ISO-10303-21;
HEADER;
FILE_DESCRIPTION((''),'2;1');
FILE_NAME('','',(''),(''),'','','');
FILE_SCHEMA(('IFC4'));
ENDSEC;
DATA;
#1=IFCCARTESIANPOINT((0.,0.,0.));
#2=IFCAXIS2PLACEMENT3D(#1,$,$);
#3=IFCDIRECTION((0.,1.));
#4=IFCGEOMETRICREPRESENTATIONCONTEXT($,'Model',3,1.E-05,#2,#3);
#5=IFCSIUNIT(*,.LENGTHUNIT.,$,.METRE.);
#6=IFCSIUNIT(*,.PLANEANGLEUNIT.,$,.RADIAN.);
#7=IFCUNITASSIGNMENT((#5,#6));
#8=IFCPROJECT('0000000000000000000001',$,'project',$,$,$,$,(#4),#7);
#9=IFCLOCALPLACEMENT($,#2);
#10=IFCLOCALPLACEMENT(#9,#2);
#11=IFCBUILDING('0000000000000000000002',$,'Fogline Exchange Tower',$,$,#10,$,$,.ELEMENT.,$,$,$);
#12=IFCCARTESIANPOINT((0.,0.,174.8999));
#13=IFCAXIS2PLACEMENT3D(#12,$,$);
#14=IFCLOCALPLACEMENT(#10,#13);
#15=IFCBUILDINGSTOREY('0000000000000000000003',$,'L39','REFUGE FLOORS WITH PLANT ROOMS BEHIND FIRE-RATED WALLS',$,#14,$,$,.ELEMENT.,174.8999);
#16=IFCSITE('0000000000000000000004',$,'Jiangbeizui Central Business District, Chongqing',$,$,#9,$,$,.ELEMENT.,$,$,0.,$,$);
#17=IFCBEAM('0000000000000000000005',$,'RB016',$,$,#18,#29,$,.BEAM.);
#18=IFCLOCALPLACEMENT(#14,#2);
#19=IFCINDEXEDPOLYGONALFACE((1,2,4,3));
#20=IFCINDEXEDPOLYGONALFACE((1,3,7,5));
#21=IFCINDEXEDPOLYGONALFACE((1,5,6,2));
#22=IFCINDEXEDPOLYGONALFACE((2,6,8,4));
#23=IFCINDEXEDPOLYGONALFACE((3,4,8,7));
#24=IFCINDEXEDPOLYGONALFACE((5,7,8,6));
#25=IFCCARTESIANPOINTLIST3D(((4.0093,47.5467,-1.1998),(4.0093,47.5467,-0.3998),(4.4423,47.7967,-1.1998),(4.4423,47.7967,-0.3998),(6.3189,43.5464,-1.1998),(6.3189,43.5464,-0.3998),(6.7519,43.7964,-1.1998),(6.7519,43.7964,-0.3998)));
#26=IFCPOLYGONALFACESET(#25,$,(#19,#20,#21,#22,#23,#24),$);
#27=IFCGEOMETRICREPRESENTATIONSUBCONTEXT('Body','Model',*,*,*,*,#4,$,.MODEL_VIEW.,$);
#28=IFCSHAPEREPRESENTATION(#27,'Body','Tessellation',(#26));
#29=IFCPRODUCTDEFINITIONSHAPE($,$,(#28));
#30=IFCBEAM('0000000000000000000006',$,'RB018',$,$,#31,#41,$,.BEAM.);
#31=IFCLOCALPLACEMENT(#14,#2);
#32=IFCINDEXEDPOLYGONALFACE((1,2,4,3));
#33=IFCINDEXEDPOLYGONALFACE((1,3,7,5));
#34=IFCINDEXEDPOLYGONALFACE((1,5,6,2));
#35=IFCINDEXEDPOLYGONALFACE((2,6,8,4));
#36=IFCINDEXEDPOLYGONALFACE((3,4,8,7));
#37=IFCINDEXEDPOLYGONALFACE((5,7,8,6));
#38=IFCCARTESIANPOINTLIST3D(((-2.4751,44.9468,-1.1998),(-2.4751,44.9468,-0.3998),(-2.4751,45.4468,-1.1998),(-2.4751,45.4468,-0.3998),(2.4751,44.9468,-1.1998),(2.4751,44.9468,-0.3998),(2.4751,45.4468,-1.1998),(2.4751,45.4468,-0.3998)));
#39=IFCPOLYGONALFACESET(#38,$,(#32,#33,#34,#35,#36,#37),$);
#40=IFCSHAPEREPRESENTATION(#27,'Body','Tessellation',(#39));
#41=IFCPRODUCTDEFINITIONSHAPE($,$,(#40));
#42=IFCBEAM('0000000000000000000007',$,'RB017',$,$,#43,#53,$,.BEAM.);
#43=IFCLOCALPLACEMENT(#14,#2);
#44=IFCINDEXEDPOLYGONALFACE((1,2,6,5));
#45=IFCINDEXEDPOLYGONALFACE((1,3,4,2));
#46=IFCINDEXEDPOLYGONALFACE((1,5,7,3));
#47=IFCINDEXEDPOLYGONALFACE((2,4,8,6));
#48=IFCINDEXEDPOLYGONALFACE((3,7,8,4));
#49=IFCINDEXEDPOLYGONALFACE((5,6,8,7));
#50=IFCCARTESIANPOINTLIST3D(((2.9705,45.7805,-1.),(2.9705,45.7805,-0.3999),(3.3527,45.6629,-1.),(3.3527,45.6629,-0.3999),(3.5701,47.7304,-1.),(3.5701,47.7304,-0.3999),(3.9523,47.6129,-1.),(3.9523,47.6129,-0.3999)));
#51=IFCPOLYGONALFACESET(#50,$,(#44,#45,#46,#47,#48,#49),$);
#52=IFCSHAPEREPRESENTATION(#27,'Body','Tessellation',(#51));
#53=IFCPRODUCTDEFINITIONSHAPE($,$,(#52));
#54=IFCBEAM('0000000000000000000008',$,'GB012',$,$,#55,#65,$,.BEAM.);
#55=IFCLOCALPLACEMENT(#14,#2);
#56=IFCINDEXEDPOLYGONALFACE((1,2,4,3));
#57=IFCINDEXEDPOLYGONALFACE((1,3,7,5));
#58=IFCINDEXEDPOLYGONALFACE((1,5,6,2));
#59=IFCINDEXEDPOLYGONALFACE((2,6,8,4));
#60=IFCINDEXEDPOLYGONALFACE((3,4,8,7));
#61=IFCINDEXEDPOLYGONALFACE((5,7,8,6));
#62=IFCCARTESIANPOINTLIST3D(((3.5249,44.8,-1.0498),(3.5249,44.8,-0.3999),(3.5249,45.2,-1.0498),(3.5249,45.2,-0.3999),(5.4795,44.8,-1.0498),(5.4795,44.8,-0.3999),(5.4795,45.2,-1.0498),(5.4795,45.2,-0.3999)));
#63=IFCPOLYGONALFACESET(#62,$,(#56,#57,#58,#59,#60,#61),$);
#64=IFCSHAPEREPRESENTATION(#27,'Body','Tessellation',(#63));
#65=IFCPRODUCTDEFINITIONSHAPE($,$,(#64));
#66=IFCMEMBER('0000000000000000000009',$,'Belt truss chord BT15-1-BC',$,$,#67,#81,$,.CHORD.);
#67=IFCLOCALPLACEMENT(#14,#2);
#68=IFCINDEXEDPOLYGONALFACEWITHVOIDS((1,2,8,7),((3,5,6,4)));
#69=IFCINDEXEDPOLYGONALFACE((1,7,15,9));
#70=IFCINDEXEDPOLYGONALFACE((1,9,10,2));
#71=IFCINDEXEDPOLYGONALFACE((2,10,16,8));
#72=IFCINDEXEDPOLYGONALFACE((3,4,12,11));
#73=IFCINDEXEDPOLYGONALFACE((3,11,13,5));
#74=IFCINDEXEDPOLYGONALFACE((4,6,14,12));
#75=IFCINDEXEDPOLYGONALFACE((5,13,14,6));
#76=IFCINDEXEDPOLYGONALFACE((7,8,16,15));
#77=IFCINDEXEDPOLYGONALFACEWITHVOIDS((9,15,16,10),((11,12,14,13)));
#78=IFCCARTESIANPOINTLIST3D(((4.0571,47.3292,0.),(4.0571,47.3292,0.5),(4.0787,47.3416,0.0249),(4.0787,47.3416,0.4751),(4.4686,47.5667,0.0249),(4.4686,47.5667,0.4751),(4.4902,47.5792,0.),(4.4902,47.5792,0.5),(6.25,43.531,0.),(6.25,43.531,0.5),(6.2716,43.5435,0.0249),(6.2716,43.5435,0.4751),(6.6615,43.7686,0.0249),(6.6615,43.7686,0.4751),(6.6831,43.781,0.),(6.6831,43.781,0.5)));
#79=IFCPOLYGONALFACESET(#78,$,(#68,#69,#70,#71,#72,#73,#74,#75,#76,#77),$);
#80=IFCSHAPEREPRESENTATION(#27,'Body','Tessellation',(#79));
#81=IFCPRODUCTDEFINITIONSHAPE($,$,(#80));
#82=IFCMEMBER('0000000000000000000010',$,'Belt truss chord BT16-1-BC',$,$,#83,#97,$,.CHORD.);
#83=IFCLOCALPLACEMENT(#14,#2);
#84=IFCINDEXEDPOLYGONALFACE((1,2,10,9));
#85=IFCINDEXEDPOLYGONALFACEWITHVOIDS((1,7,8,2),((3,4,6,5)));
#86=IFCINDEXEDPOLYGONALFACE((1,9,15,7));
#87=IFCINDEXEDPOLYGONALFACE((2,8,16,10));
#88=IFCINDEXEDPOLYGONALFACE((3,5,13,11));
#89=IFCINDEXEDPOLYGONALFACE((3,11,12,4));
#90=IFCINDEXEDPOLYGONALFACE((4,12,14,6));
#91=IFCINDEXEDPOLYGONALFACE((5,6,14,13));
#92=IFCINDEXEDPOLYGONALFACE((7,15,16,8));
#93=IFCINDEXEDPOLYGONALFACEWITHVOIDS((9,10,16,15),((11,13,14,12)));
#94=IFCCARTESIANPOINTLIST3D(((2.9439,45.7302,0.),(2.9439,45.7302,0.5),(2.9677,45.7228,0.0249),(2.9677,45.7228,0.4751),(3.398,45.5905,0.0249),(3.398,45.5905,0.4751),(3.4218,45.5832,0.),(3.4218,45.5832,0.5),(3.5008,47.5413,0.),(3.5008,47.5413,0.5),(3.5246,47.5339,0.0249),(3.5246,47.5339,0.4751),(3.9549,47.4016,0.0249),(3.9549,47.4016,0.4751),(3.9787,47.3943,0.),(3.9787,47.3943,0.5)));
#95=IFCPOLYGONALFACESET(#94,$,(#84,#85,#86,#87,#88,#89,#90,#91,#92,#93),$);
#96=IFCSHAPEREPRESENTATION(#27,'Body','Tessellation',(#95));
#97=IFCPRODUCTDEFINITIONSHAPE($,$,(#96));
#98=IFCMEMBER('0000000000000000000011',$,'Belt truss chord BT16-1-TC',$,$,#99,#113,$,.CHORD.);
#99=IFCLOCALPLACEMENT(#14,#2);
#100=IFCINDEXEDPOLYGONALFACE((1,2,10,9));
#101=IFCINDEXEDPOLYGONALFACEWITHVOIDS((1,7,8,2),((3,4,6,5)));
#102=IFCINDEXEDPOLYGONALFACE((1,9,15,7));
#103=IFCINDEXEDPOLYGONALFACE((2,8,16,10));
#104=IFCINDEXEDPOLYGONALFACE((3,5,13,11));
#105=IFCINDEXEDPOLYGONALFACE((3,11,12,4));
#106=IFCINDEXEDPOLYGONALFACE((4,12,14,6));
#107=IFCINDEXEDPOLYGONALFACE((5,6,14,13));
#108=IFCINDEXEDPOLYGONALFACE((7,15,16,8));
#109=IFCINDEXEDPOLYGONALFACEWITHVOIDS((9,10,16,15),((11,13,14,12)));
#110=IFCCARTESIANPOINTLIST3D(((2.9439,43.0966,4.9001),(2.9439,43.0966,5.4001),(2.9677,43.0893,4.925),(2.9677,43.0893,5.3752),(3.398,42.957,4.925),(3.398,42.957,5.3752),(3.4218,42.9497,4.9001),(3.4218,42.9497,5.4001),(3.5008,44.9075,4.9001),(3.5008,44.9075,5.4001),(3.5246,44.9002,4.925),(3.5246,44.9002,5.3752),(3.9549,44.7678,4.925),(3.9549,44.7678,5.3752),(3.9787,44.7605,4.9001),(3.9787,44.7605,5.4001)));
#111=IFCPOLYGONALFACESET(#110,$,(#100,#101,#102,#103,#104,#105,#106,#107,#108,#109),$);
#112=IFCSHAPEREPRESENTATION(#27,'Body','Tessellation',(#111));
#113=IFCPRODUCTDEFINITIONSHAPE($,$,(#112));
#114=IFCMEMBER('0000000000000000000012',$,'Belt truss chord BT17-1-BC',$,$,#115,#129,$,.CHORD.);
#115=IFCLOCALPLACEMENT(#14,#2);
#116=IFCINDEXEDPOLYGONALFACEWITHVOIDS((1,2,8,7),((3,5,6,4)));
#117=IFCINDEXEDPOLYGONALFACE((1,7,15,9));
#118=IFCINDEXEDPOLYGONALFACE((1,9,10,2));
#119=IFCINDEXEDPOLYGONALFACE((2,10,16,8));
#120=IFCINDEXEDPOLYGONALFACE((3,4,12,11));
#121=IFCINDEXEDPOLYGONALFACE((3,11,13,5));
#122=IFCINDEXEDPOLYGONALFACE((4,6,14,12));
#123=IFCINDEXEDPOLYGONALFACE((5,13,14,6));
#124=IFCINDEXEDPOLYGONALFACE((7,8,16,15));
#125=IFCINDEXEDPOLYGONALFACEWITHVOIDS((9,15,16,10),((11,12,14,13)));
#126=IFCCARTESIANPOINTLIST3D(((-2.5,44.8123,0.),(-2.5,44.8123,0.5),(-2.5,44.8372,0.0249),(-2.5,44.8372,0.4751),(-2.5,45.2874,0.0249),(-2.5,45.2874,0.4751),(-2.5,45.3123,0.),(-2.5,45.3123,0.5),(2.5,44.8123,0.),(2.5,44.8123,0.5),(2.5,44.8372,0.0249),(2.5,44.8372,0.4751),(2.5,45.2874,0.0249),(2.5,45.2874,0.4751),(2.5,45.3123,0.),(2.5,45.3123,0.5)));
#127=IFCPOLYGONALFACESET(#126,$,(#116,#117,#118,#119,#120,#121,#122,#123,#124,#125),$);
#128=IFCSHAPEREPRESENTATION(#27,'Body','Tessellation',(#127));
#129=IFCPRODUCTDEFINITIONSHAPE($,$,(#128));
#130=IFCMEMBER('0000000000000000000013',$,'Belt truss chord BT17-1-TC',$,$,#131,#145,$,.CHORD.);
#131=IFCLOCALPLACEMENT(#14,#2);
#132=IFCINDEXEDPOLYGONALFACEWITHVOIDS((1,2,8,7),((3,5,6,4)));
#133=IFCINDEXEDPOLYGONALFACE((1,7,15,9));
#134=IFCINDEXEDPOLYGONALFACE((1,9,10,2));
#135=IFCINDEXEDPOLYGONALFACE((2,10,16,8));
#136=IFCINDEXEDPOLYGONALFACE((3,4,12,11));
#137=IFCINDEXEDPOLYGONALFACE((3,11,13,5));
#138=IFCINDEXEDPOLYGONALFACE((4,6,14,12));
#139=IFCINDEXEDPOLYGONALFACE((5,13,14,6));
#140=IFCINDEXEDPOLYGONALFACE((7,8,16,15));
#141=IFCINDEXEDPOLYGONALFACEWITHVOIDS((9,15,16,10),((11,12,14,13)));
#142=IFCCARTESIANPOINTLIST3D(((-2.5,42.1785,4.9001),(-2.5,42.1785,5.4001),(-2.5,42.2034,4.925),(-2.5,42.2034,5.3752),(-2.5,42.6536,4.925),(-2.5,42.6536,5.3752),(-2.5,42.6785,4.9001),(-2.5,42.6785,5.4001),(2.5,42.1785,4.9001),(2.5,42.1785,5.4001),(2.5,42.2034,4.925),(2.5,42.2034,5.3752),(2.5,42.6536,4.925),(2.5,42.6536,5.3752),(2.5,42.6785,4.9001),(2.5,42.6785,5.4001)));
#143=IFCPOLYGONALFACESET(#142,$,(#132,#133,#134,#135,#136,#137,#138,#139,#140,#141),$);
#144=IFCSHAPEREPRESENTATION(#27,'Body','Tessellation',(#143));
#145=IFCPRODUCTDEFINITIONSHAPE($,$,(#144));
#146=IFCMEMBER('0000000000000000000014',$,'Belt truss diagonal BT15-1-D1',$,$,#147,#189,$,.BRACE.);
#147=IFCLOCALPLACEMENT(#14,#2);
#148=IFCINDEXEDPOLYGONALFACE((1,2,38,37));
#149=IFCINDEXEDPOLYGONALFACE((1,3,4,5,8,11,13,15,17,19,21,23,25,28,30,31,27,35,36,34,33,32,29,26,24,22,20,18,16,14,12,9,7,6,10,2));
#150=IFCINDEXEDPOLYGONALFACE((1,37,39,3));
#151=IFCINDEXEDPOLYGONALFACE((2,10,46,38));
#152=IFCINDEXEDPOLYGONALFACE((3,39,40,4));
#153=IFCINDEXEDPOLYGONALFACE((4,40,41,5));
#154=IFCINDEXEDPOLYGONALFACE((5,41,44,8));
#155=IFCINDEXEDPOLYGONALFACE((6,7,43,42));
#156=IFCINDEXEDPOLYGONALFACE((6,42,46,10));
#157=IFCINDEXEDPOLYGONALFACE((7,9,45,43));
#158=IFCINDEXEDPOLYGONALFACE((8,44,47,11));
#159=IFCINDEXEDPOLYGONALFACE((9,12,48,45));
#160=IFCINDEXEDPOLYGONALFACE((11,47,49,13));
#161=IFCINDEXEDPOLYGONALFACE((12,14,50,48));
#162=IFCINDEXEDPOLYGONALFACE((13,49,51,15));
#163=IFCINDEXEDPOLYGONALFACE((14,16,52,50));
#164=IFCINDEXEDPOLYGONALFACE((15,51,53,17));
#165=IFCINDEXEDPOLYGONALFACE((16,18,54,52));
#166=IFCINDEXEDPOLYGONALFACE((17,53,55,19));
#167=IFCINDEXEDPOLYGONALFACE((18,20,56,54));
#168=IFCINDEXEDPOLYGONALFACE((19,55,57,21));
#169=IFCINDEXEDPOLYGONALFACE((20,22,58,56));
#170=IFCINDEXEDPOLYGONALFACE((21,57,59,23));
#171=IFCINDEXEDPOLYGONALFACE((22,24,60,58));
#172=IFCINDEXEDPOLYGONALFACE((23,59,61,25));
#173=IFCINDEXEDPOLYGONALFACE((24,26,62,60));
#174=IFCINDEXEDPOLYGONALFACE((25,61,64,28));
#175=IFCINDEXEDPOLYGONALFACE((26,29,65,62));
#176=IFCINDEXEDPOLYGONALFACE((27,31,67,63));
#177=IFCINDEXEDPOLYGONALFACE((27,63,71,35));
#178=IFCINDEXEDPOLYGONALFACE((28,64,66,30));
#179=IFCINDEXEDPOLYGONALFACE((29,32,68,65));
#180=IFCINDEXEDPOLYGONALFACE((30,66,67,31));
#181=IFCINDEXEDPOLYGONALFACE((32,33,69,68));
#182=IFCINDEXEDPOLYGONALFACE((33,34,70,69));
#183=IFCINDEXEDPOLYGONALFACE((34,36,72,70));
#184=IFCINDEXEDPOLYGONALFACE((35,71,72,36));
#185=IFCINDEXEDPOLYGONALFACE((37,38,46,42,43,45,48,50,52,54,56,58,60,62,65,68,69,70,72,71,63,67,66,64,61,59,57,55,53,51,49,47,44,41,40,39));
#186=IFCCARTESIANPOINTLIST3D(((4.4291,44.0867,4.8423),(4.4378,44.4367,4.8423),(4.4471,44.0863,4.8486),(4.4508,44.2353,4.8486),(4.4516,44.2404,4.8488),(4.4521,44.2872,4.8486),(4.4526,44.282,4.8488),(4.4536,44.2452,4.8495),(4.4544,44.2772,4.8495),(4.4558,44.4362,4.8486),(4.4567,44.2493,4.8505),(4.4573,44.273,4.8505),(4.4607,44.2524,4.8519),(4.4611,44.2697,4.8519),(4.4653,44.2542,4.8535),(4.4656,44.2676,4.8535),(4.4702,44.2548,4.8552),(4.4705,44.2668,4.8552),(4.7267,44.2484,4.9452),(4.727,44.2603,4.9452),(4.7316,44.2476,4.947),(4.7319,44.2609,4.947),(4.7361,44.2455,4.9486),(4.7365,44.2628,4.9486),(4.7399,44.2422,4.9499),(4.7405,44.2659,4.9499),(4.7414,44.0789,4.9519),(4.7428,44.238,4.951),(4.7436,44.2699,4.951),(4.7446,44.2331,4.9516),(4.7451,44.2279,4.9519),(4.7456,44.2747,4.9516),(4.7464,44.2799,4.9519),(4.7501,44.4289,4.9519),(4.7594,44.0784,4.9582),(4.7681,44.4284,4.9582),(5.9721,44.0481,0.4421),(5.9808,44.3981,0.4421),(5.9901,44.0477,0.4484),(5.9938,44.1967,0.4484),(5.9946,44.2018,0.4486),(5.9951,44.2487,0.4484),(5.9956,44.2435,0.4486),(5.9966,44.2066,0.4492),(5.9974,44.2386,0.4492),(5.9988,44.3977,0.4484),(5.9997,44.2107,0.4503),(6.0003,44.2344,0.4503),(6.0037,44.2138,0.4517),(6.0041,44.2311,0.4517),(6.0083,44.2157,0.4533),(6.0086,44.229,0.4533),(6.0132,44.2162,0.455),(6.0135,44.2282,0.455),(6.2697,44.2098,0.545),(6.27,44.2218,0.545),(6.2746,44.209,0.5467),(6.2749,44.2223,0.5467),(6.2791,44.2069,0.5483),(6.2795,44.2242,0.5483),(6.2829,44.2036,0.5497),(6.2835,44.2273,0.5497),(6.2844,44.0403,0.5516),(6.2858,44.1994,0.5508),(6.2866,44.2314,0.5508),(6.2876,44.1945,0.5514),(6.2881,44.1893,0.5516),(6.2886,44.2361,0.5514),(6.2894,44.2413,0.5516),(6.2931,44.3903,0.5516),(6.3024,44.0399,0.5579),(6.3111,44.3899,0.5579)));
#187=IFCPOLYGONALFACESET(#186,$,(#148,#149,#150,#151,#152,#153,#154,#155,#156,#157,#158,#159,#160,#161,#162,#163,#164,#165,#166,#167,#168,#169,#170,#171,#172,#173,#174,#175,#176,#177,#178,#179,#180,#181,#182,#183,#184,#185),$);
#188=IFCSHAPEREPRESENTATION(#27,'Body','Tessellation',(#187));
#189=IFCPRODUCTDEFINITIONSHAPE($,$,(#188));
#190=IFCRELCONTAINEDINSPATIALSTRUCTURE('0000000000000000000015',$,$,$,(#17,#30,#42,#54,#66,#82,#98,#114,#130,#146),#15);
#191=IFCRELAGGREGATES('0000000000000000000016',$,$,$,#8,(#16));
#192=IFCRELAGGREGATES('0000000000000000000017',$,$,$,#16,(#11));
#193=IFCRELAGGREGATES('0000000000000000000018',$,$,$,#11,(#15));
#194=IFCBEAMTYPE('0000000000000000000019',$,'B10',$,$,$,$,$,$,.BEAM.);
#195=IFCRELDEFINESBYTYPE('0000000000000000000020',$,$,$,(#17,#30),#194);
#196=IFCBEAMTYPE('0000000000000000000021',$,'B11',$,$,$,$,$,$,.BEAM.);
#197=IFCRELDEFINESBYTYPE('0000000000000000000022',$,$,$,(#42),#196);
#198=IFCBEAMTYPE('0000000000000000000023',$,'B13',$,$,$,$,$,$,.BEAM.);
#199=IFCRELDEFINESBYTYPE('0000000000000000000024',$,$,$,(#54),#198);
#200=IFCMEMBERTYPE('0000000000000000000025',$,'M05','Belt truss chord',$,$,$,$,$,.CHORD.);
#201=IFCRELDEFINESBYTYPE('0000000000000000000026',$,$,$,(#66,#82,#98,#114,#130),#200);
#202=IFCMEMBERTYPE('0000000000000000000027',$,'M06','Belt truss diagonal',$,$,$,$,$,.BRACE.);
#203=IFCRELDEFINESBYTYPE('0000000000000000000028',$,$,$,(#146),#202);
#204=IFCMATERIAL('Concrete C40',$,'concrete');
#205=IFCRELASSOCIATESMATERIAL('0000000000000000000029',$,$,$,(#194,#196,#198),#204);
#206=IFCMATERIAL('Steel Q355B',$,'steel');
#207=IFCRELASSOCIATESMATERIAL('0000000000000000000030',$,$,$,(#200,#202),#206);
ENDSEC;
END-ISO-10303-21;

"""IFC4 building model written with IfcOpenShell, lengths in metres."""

from ifc_helpers import new_model, si_unit, direction, frame, origin, origin_2d, place, context, subcontext, project, spatial, rectangle, hollow_rectangle, i_section, extrude, material, material_profile, profile_set, type_object, element, save


model = new_model("IFC4")

# Units and contexts
model_context = context("Model", 3, precision=1e-05, world=origin(), true_north=direction((0.0, 1.0)))
body_context = subcontext(model_context, "Body", "Model", "MODEL_VIEW")
ifc_project = project(units=[si_unit("LENGTHUNIT", "METRE"), si_unit("PLANEANGLEUNIT", "RADIAN")], contexts=[model_context])

# Site, building, storey
site_placement = place(None, origin())
site = spatial("IfcSite", under=ifc_project, at=site_placement, Name="Jiangbeizui Central Business District, Chongqing", CompositionType="ELEMENT", RefElevation=0.0)
building_placement = place(site_placement, origin())
building = spatial("IfcBuilding", under=site, at=building_placement, Name="Fogline Exchange Tower", CompositionType="ELEMENT")
storey_placement = place(building_placement, frame((0.0, 0.0, 174.8999)))
storey = spatial("IfcBuildingStorey", under=building, at=storey_placement, Name="L39", Description="REFUGE FLOORS WITH PLANT ROOMS BEHIND FIRE-RATED WALLS", CompositionType="ELEMENT", Elevation=174.8999)

# Beams
ifc_material_1 = material(Name="Concrete C40", Category="concrete")
ifc_material_profile_1 = material_profile(ifc_material_1, rectangle(XDim=0.5, YDim=0.8, at=origin_2d()), Name="RC 500x800")
ifc_profile_set_1 = profile_set([ifc_material_profile_1], Name="Concrete C40")
beam_type_1 = type_object("IfcBeamType", Name="B10", PredefinedType="BEAM", material=ifc_profile_set_1)
beam_1_placement = place(storey_placement, frame((6.5354, 43.6714, -0.7998), z_axis=(-0.500005, 0.866023, 0.0), x_axis=(-0.866023, -0.500005, 0.0)))
element("IfcBeam", 1, at=beam_1_placement, inside=storey, type_object=beam_type_1, Name="RB016", PredefinedType="BEAM", context=body_context, shape_type="SweptSolid", body=[
    extrude(rectangle(XDim=0.5, YDim=0.8, at=origin_2d()), origin(), (0.0, 0.0, 1.0), 4.6191),
])
beam_2_placement = place(storey_placement, frame((2.4751, 45.1968, -0.7998), z_axis=(-1.0, 0.0, 0.0), x_axis=(0.0, -1.0, 0.0)))
element("IfcBeam", 2, at=beam_2_placement, inside=storey, type_object=beam_type_1, Name="RB018", PredefinedType="BEAM", context=body_context, shape_type="SweptSolid", body=[
    extrude(rectangle(XDim=0.5, YDim=0.8, at=origin_2d()), origin(), (0.0, 0.0, 1.0), 4.9502),
])
ifc_material_profile_2 = material_profile(ifc_material_1, rectangle(XDim=0.3999, YDim=0.6001, at=origin_2d()), Name="RC 400x600")
ifc_profile_set_2 = profile_set([ifc_material_profile_2], Name="Concrete C40")
beam_type_2 = type_object("IfcBeamType", Name="B11", PredefinedType="BEAM", material=ifc_profile_set_2)
beam_3_placement = place(storey_placement, frame((3.7612, 47.6716, -0.7), z_axis=(-0.293918, -0.955831, 0.0), x_axis=(0.955831, -0.293918, 0.0)))
element("IfcBeam", 3, at=beam_3_placement, inside=storey, type_object=beam_type_2, Name="RB017", PredefinedType="BEAM", context=body_context, shape_type="SweptSolid", body=[
    extrude(rectangle(XDim=0.3999, YDim=0.6001, at=origin_2d()), origin(), (0.0, 0.0, 1.0), 2.04),
])
ifc_material_profile_3 = material_profile(ifc_material_1, rectangle(XDim=0.3999, YDim=0.6499, at=origin_2d()), Name="RC 400x650")
ifc_profile_set_3 = profile_set([ifc_material_profile_3], Name="Concrete C40")
beam_type_3 = type_object("IfcBeamType", Name="B13", PredefinedType="BEAM", material=ifc_profile_set_3)
beam_4_placement = place(storey_placement, frame((3.5249, 45.0, -0.7249), z_axis=(1.0, 0.0, 0.0), x_axis=(0.0, 1.0, 0.0)))
element("IfcBeam", 4, at=beam_4_placement, inside=storey, type_object=beam_type_3, Name="GB012", PredefinedType="BEAM", context=body_context, shape_type="SweptSolid", body=[
    extrude(rectangle(XDim=0.3999, YDim=0.6499, at=origin_2d()), origin(), (0.0, 0.0, 1.0), 1.9546),
])

# Members
ifc_material_2 = material(Name="Steel Q355B", Category="steel")
ifc_material_profile_4 = material_profile(ifc_material_2, hollow_rectangle(XDim=0.5, YDim=0.5, WallThickness=0.0249, at=origin_2d()), Name="BOX500X500X25")
ifc_profile_set_4 = profile_set([ifc_material_profile_4], Name="Steel Q355B")
member_type_1 = type_object("IfcMemberType", Name="M05", Description="Belt truss chord", PredefinedType="CHORD", material=ifc_profile_set_4)
member_1_placement = place(storey_placement, frame((6.4666, 43.656, 0.25), z_axis=(-0.500007, 0.866022, 0.0), x_axis=(-0.866022, -0.500007, 0.0)))
element("IfcMember", 5, at=member_1_placement, inside=storey, type_object=member_type_1, Name="Belt truss chord BT15-1-BC", PredefinedType="CHORD", context=body_context, shape_type="SweptSolid", body=[
    extrude(hollow_rectangle(XDim=0.5, YDim=0.5, WallThickness=0.0249, at=origin_2d()), origin(), (0.0, 0.0, 1.0), 4.3857),
])
member_2_placement = place(storey_placement, frame((3.7397, 47.4678, 0.25), z_axis=(-0.293914, -0.955832, 0.0), x_axis=(0.955832, -0.293914, 0.0)))
element("IfcMember", 6, at=member_2_placement, inside=storey, type_object=member_type_1, Name="Belt truss chord BT16-1-BC", PredefinedType="CHORD", context=body_context, shape_type="SweptSolid", body=[
    extrude(hollow_rectangle(XDim=0.5, YDim=0.5, WallThickness=0.0249, at=origin_2d()), origin(), (0.0, 0.0, 1.0), 1.8948),
])
member_3_placement = place(storey_placement, frame((3.7397, 44.834, 5.1501), z_axis=(-0.29395, -0.955821, 0.0), x_axis=(0.955821, -0.29395, 0.0)))
element("IfcMember", 7, at=member_3_placement, inside=storey, type_object=member_type_1, Name="Belt truss chord BT16-1-TC", PredefinedType="CHORD", context=body_context, shape_type="SweptSolid", body=[
    extrude(hollow_rectangle(XDim=0.5, YDim=0.5, WallThickness=0.0249, at=origin_2d()), origin(), (0.0, 0.0, 1.0), 1.8945),
])
for number, where, z_axis, x_axis, name in (
    (8, (2.5, 45.0623, 0.25), (-1.0, 0.0, 0.0), (0.0, -1.0, 0.0), "Belt truss chord BT17-1-BC"),
    (9, (2.5, 42.4285, 5.1501), (-1.0, 0.0, 0.0), (0.0, -1.0, 0.0), "Belt truss chord BT17-1-TC"),
):
    element("IfcMember", number, at=place(storey_placement, frame(where, z_axis=z_axis, x_axis=x_axis)), inside=storey, type_object=member_type_1, Name=name, PredefinedType="CHORD", context=body_context, shape_type="SweptSolid", body=[
        extrude(hollow_rectangle(XDim=0.5, YDim=0.5, WallThickness=0.0249, at=origin_2d()), origin(), (0.0, 0.0, 1.0), 5.0),
    ])
ifc_material_profile_5 = material_profile(ifc_material_2, i_section(OverallWidth=0.3501, OverallDepth=0.3501, WebThickness=0.012, FlangeThickness=0.019, FilletRadius=0.02, at=origin_2d()), Name="HW350X350X12X19")
ifc_profile_set_5 = profile_set([ifc_material_profile_5], Name="Steel Q355B")
member_type_2 = type_object("IfcMemberType", Name="M06", Description="Belt truss diagonal", PredefinedType="BRACE", material=ifc_profile_set_5)
member_4_placement = place(storey_placement, frame((6.1416, 44.219, 0.5), z_axis=(-0.330896, 0.008272, 0.943631), x_axis=(-0.024992, -0.999688, 0.0)))
element("IfcMember", 10, at=member_4_placement, inside=storey, type_object=member_type_2, Name="Belt truss diagonal BT15-1-D1", PredefinedType="BRACE", context=body_context, shape_type="SweptSolid", body=[
    extrude(i_section(OverallWidth=0.3501, OverallDepth=0.3501, WebThickness=0.012, FlangeThickness=0.019, FilletRadius=0.02, at=origin_2d()), origin(), (0.0, 0.0, 1.0), 4.6631),
])

save(model, "model.ifc")
